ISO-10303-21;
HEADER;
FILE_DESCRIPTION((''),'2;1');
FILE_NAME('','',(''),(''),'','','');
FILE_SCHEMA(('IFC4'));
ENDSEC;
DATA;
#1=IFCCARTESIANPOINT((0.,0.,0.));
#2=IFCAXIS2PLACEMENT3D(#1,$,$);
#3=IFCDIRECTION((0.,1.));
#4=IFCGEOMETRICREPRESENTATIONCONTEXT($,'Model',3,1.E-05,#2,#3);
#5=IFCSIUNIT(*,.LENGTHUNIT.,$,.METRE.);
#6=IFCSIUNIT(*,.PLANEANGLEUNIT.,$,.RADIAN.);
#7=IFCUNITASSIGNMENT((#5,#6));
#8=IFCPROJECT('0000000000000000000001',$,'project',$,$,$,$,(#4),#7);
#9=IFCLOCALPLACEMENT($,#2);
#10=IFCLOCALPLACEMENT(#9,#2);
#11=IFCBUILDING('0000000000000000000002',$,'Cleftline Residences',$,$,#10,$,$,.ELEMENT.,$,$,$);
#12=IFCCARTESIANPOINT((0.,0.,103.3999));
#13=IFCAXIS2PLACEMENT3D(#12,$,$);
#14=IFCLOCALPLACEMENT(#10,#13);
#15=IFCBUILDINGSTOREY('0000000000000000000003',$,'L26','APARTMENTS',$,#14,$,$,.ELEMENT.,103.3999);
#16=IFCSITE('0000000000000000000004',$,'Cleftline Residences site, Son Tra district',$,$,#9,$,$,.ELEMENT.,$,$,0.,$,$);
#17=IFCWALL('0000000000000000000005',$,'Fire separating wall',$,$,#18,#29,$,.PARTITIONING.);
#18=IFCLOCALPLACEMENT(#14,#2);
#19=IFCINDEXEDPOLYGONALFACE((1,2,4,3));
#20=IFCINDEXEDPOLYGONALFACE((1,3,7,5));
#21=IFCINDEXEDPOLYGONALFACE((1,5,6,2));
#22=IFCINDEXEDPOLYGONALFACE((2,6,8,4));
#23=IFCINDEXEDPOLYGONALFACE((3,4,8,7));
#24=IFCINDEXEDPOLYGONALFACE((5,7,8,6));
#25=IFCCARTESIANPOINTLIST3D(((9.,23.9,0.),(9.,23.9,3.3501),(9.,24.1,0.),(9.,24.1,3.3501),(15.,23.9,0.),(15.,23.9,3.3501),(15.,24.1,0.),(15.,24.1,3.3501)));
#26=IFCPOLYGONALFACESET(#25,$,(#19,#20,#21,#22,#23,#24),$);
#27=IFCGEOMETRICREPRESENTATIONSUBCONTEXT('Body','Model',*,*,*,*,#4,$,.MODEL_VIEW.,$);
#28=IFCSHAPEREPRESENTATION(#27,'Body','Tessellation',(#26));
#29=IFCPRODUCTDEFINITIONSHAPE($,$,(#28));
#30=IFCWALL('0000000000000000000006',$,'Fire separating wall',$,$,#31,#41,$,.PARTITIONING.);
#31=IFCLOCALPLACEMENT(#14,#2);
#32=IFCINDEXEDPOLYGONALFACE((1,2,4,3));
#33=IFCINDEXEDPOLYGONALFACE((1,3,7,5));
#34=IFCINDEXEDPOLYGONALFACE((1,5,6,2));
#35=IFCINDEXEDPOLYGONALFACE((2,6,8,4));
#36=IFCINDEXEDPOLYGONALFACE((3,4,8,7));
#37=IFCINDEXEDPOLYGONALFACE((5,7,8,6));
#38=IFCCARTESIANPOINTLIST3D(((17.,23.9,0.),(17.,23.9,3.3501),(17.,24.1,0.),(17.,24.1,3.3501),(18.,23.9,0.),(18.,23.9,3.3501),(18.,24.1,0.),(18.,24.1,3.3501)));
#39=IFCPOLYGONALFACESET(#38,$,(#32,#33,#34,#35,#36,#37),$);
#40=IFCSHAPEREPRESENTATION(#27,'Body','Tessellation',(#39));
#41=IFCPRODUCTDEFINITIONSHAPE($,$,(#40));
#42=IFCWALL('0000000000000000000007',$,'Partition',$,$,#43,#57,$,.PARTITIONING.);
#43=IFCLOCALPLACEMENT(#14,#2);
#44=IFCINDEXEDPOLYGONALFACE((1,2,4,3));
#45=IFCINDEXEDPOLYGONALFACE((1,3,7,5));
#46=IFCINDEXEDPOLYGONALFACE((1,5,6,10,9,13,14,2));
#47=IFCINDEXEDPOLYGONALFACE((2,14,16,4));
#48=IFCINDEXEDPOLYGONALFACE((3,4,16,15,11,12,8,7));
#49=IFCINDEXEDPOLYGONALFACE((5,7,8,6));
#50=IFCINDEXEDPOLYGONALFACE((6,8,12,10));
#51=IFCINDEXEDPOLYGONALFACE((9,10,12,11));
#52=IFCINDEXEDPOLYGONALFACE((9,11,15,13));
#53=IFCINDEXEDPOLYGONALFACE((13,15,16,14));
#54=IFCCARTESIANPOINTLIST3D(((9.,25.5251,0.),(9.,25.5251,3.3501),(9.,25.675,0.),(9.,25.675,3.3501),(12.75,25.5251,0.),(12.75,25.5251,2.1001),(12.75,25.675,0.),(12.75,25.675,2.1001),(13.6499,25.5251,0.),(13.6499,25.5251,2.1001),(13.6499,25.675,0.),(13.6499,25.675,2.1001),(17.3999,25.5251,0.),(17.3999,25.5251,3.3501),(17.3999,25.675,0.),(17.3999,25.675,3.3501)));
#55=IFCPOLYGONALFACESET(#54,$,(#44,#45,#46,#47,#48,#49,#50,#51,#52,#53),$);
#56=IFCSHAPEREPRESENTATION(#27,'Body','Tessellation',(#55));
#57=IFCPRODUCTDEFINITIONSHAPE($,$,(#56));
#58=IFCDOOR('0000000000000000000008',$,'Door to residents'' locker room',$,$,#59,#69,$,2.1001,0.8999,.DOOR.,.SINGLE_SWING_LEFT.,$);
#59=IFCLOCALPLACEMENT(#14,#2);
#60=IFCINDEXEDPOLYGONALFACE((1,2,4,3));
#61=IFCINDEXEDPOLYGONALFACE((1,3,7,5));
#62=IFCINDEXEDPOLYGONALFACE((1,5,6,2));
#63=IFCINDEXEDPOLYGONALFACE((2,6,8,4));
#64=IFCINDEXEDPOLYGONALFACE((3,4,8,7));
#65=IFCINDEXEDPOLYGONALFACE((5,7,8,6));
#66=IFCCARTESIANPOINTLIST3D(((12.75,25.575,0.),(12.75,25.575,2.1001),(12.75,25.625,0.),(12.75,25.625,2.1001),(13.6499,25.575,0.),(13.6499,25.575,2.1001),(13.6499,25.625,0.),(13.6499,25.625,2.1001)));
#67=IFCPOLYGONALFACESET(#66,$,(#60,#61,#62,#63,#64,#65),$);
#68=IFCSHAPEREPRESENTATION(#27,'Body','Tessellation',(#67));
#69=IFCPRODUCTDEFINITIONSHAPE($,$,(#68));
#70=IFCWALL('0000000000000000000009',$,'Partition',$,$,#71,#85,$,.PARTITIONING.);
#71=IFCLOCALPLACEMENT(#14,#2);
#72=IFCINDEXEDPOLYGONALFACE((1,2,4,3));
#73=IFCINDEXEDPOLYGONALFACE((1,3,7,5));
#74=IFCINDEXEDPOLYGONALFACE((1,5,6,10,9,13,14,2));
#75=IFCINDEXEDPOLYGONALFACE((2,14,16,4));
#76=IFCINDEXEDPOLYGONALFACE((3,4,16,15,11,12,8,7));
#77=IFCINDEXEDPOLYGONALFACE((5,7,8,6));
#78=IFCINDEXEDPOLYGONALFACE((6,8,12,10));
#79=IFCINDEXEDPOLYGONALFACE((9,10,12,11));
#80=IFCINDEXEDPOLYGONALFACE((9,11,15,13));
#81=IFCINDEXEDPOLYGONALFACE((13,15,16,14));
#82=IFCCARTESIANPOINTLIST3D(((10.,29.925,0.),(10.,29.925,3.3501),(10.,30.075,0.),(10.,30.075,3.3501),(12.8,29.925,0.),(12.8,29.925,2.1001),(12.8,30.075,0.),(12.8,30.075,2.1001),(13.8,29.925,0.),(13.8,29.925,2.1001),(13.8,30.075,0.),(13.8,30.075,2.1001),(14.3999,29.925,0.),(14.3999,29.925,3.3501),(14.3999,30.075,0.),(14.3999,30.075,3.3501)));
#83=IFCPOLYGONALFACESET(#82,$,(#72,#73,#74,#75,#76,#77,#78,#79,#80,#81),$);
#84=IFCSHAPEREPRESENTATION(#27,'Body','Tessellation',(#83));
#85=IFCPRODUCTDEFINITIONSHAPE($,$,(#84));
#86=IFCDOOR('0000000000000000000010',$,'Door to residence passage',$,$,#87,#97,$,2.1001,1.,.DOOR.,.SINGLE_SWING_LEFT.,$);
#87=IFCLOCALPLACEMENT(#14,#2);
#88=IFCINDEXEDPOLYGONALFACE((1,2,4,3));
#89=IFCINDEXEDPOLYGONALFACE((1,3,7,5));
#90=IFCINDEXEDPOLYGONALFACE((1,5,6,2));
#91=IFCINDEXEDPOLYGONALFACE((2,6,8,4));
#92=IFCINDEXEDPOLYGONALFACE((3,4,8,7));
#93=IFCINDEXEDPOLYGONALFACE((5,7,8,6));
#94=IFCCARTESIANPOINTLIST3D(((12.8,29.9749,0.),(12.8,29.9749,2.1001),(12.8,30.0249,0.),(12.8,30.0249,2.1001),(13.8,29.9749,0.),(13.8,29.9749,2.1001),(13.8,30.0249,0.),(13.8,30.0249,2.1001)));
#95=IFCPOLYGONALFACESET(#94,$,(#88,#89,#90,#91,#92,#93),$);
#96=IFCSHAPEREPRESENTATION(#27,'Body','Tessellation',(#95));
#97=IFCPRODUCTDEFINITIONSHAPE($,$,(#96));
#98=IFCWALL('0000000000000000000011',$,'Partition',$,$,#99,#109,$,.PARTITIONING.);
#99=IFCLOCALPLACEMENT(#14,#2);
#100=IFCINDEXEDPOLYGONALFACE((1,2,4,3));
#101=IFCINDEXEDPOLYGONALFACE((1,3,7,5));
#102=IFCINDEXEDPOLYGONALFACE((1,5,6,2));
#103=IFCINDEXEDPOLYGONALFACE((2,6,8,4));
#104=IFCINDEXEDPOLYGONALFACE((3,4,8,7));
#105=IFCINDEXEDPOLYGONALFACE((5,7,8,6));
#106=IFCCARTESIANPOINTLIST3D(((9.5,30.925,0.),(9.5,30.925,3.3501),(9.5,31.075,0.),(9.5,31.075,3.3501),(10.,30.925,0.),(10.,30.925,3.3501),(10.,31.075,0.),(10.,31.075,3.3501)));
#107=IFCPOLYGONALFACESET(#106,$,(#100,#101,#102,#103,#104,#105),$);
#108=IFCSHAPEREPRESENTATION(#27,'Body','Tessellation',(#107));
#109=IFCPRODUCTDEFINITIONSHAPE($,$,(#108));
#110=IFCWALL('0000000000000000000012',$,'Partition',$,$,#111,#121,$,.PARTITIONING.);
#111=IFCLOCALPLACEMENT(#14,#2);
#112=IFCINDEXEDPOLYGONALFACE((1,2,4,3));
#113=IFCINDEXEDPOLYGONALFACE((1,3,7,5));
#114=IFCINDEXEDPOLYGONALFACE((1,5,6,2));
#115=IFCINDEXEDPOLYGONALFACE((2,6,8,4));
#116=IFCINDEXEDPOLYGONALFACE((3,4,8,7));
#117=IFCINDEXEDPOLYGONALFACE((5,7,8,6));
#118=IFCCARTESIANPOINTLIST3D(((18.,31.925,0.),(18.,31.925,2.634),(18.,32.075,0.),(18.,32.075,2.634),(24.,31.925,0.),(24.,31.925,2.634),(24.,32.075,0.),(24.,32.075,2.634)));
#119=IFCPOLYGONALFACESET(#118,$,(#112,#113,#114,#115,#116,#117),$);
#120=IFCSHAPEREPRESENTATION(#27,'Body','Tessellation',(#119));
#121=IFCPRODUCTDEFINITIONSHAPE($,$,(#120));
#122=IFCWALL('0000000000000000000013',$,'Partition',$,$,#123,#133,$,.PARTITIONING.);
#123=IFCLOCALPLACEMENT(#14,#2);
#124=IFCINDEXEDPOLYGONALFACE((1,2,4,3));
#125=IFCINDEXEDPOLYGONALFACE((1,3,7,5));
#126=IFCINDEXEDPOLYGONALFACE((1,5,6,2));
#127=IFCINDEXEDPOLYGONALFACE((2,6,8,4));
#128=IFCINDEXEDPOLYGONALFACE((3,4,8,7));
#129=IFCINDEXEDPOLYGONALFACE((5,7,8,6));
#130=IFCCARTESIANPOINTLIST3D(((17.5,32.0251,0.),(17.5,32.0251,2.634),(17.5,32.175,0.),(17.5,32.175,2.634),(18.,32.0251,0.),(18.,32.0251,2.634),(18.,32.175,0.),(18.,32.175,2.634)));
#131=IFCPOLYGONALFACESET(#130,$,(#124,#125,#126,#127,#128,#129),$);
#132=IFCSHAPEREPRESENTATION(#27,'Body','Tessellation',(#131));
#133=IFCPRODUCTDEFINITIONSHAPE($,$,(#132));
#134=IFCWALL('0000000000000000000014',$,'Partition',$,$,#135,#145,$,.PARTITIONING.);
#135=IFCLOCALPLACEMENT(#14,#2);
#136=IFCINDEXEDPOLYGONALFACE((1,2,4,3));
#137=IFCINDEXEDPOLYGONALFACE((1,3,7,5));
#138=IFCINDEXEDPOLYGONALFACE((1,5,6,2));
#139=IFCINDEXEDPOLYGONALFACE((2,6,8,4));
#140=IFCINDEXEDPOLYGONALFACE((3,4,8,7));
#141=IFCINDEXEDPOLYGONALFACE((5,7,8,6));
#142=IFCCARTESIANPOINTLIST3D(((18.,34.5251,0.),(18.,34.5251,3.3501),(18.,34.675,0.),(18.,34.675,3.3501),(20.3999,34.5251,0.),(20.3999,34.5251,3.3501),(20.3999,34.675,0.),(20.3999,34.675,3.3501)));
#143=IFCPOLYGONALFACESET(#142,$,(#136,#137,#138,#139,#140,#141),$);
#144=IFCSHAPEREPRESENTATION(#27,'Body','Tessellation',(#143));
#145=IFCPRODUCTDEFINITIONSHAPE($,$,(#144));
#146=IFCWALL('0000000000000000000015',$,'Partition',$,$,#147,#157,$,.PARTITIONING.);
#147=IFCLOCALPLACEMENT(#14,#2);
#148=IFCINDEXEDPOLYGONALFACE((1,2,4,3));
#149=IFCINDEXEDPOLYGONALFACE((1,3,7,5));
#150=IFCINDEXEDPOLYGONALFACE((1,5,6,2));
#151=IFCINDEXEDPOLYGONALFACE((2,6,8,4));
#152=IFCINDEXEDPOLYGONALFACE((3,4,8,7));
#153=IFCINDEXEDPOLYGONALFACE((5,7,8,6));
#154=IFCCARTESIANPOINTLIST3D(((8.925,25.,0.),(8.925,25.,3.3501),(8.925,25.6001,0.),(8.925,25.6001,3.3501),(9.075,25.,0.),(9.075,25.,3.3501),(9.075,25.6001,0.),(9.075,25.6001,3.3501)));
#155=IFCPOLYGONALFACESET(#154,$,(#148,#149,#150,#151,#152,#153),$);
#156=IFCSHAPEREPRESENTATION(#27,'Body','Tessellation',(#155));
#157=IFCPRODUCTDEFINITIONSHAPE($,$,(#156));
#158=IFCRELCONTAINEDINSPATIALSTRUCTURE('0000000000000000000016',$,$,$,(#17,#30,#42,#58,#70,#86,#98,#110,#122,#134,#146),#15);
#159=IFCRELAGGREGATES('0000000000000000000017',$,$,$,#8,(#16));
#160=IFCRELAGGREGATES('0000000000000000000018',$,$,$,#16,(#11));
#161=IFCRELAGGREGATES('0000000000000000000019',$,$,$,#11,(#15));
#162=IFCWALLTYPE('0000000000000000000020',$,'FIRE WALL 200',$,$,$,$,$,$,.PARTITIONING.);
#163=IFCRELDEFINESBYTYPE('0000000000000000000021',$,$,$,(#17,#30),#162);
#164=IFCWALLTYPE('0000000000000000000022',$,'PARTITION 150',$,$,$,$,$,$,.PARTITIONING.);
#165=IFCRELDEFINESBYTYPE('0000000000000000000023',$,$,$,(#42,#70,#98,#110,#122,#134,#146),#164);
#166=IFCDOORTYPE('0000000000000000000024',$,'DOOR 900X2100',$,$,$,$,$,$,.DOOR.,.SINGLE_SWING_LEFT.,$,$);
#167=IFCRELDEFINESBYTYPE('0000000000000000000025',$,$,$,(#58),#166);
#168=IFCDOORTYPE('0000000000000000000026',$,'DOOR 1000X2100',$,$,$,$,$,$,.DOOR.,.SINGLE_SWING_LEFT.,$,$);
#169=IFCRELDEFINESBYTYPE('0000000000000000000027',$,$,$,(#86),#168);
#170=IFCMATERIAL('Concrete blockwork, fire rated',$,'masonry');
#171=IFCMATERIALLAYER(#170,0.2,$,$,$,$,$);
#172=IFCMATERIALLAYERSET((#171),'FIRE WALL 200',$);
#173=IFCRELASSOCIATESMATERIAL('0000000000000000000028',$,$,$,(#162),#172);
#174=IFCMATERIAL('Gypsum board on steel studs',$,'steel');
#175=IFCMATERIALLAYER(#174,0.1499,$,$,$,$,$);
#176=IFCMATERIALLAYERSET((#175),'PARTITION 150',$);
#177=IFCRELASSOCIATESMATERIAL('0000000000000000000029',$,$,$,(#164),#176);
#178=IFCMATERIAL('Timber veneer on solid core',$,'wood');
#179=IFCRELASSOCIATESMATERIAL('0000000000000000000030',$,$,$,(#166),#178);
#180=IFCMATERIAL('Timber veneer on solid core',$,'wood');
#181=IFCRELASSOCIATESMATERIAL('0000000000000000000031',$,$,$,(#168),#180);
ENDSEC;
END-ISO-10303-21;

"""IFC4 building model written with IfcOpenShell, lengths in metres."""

from ifc_helpers import new_model, si_unit, direction, frame, frame_2d, origin, place, context, subcontext, project, spatial, rectangle, extrude, material, layer, layer_set, type_object, element, fill, save


model = new_model("IFC4")

# Units and contexts
model_context = context("Model", 3, precision=1e-05, world=origin(), true_north=direction((0.0, 1.0)))
body_context = subcontext(model_context, "Body", "Model", "MODEL_VIEW")
ifc_project = project(units=[si_unit("LENGTHUNIT", "METRE"), si_unit("PLANEANGLEUNIT", "RADIAN")], contexts=[model_context])

# Site, building, storey
site_placement = place(None, origin())
site = spatial("IfcSite", under=ifc_project, at=site_placement, Name="Cleftline Residences site, Son Tra district", CompositionType="ELEMENT", RefElevation=0.0)
building_placement = place(site_placement, origin())
building = spatial("IfcBuilding", under=site, at=building_placement, Name="Cleftline Residences", CompositionType="ELEMENT")
storey_placement = place(building_placement, frame((0.0, 0.0, 103.3999)))
storey = spatial("IfcBuildingStorey", under=building, at=storey_placement, Name="L26", Description="APARTMENTS", CompositionType="ELEMENT", Elevation=103.3999)

# Walls
ifc_material_1 = material(Name="Concrete blockwork, fire rated", Category="masonry")
ifc_layer_1 = layer(ifc_material_1, 0.2)
ifc_layer_set_1 = layer_set([ifc_layer_1], Name="FIRE WALL 200")
wall_type_1 = type_object("IfcWallType", Name="FIRE WALL 200", PredefinedType="PARTITIONING", material=ifc_layer_set_1)
wall_1_placement = place(storey_placement, frame((9.0, 24.0, 0.0), z_axis=(0.0, 0.0, 1.0), x_axis=(1.0, 0.0, 0.0)))
element("IfcWall", 1, at=wall_1_placement, inside=storey, type_object=wall_type_1, Name="Fire separating wall", PredefinedType="PARTITIONING", context=body_context, shape_type="SweptSolid", body=[
    extrude(rectangle(XDim=6.0, YDim=0.2, at=frame_2d((3.0, 0.0))), origin(), (0.0, 0.0, 1.0), 3.3501),
])
wall_2_placement = place(storey_placement, frame((17.0, 24.0, 0.0), z_axis=(0.0, 0.0, 1.0), x_axis=(1.0, 0.0, 0.0)))
element("IfcWall", 2, at=wall_2_placement, inside=storey, type_object=wall_type_1, Name="Fire separating wall", PredefinedType="PARTITIONING", context=body_context, shape_type="SweptSolid", body=[
    extrude(rectangle(XDim=1.0, YDim=0.2, at=frame_2d((0.5, 0.0))), origin(), (0.0, 0.0, 1.0), 3.3501),
])

# Walls, openings, doors
ifc_material_2 = material(Name="Gypsum board on steel studs", Category="steel")
ifc_layer_2 = layer(ifc_material_2, 0.1499)
ifc_layer_set_2 = layer_set([ifc_layer_2], Name="PARTITION 150")
wall_type_2 = type_object("IfcWallType", Name="PARTITION 150", PredefinedType="PARTITIONING", material=ifc_layer_set_2)
wall_3_placement = place(storey_placement, frame((9.0, 25.6001, 0.0), z_axis=(0.0, 0.0, 1.0), x_axis=(1.0, 0.0, 0.0)))
wall_3 = element("IfcWall", 3, at=wall_3_placement, inside=storey, type_object=wall_type_2, Name="Partition", PredefinedType="PARTITIONING", context=body_context, shape_type="SweptSolid", body=[
    extrude(rectangle(XDim=8.3999, YDim=0.1499, at=frame_2d((4.2, 0.0))), origin(), (0.0, 0.0, 1.0), 3.3501),
])
opening_1_placement = place(wall_3_placement, frame((3.75, 0.0, 0.0)))
opening_1 = element("IfcOpeningElement", 4, at=opening_1_placement, cuts=wall_3, PredefinedType="OPENING", context=body_context, shape_type="SweptSolid", body=[
    extrude(rectangle(XDim=0.8999, YDim=2.1001, at=frame_2d((0.45, 1.05))), frame((0.0, 0.085, 0.0), z_axis=(0.0, -1.0, 0.0), x_axis=(1.0, 0.0, 0.0)), (0.0, 0.0, 1.0), 0.1699),
])
ifc_material_3 = material(Name="Timber veneer on solid core", Category="wood")
door_type_1 = type_object("IfcDoorType", Name="DOOR 900X2100", OperationType="SINGLE_SWING_LEFT", PredefinedType="DOOR", material=ifc_material_3)
door_1_placement = place(opening_1_placement, origin())
door_1 = element("IfcDoor", 5, at=door_1_placement, inside=storey, type_object=door_type_1, Name="Door to residents' locker room", OperationType="SINGLE_SWING_LEFT", OverallHeight=2.1001, OverallWidth=0.8999, PredefinedType="DOOR", context=body_context, shape_type="SweptSolid", body=[
    extrude(rectangle(XDim=0.8999, YDim=2.1001, at=frame_2d((0.45, 1.05))), frame((0.0, 0.0249, 0.0), z_axis=(0.0, -1.0, 0.0), x_axis=(1.0, 0.0, 0.0)), (0.0, 0.0, 1.0), 0.05),
])
fill(opening_1, door_1)
wall_4_placement = place(storey_placement, frame((10.0, 30.0, 0.0), z_axis=(0.0, 0.0, 1.0), x_axis=(1.0, 0.0, 0.0)))
wall_4 = element("IfcWall", 6, at=wall_4_placement, inside=storey, type_object=wall_type_2, Name="Partition", PredefinedType="PARTITIONING", context=body_context, shape_type="SweptSolid", body=[
    extrude(rectangle(XDim=4.3999, YDim=0.1499, at=frame_2d((2.2, 0.0))), origin(), (0.0, 0.0, 1.0), 3.3501),
])
opening_2_placement = place(wall_4_placement, frame((2.8, 0.0, 0.0)))
opening_2 = element("IfcOpeningElement", 7, at=opening_2_placement, cuts=wall_4, PredefinedType="OPENING", context=body_context, shape_type="SweptSolid", body=[
    extrude(rectangle(XDim=1.0, YDim=2.1001, at=frame_2d((0.5, 1.05))), frame((0.0, 0.085, 0.0), z_axis=(0.0, -1.0, 0.0), x_axis=(1.0, 0.0, 0.0)), (0.0, 0.0, 1.0), 0.1699),
])
ifc_material_4 = material(Name="Timber veneer on solid core", Category="wood")
door_type_2 = type_object("IfcDoorType", Name="DOOR 1000X2100", OperationType="SINGLE_SWING_LEFT", PredefinedType="DOOR", material=ifc_material_4)
door_2_placement = place(opening_2_placement, origin())
door_2 = element("IfcDoor", 8, at=door_2_placement, inside=storey, type_object=door_type_2, Name="Door to residence passage", OperationType="SINGLE_SWING_LEFT", OverallHeight=2.1001, OverallWidth=1.0, PredefinedType="DOOR", context=body_context, shape_type="SweptSolid", body=[
    extrude(rectangle(XDim=1.0, YDim=2.1001, at=frame_2d((0.5, 1.05))), frame((0.0, 0.0249, 0.0), z_axis=(0.0, -1.0, 0.0), x_axis=(1.0, 0.0, 0.0)), (0.0, 0.0, 1.0), 0.05),
])
fill(opening_2, door_2)

# Walls
wall_5_placement = place(storey_placement, frame((9.5, 31.0, 0.0), z_axis=(0.0, 0.0, 1.0), x_axis=(1.0, 0.0, 0.0)))
element("IfcWall", 9, at=wall_5_placement, inside=storey, type_object=wall_type_2, Name="Partition", PredefinedType="PARTITIONING", context=body_context, shape_type="SweptSolid", body=[
    extrude(rectangle(XDim=0.5, YDim=0.1499, at=frame_2d((0.25, 0.0))), origin(), (0.0, 0.0, 1.0), 3.3501),
])
wall_6_placement = place(storey_placement, frame((18.0, 32.0, 0.0), z_axis=(0.0, 0.0, 1.0), x_axis=(1.0, 0.0, 0.0)))
element("IfcWall", 10, at=wall_6_placement, inside=storey, type_object=wall_type_2, Name="Partition", PredefinedType="PARTITIONING", context=body_context, shape_type="SweptSolid", body=[
    extrude(rectangle(XDim=6.0, YDim=0.1499, at=frame_2d((3.0, 0.0))), origin(), (0.0, 0.0, 1.0), 2.634),
])
wall_7_placement = place(storey_placement, frame((17.5, 32.1001, 0.0), z_axis=(0.0, 0.0, 1.0), x_axis=(1.0, 0.0, 0.0)))
element("IfcWall", 11, at=wall_7_placement, inside=storey, type_object=wall_type_2, Name="Partition", PredefinedType="PARTITIONING", context=body_context, shape_type="SweptSolid", body=[
    extrude(rectangle(XDim=0.5, YDim=0.1499, at=frame_2d((0.25, 0.0))), origin(), (0.0, 0.0, 1.0), 2.634),
])
wall_8_placement = place(storey_placement, frame((18.0, 34.6001, 0.0), z_axis=(0.0, 0.0, 1.0), x_axis=(1.0, 0.0, 0.0)))
element("IfcWall", 12, at=wall_8_placement, inside=storey, type_object=wall_type_2, Name="Partition", PredefinedType="PARTITIONING", context=body_context, shape_type="SweptSolid", body=[
    extrude(rectangle(XDim=2.3999, YDim=0.1499, at=frame_2d((1.2, 0.0))), origin(), (0.0, 0.0, 1.0), 3.3501),
])
wall_9_placement = place(storey_placement, frame((9.0, 25.0, 0.0), z_axis=(0.0, 0.0, 1.0), x_axis=(0.0, 1.0, 0.0)))
element("IfcWall", 13, at=wall_9_placement, inside=storey, type_object=wall_type_2, Name="Partition", PredefinedType="PARTITIONING", context=body_context, shape_type="SweptSolid", body=[
    extrude(rectangle(XDim=0.6001, YDim=0.1499, at=frame_2d((0.3, 0.0))), origin(), (0.0, 0.0, 1.0), 3.3501),
])

save(model, "model.ifc")
